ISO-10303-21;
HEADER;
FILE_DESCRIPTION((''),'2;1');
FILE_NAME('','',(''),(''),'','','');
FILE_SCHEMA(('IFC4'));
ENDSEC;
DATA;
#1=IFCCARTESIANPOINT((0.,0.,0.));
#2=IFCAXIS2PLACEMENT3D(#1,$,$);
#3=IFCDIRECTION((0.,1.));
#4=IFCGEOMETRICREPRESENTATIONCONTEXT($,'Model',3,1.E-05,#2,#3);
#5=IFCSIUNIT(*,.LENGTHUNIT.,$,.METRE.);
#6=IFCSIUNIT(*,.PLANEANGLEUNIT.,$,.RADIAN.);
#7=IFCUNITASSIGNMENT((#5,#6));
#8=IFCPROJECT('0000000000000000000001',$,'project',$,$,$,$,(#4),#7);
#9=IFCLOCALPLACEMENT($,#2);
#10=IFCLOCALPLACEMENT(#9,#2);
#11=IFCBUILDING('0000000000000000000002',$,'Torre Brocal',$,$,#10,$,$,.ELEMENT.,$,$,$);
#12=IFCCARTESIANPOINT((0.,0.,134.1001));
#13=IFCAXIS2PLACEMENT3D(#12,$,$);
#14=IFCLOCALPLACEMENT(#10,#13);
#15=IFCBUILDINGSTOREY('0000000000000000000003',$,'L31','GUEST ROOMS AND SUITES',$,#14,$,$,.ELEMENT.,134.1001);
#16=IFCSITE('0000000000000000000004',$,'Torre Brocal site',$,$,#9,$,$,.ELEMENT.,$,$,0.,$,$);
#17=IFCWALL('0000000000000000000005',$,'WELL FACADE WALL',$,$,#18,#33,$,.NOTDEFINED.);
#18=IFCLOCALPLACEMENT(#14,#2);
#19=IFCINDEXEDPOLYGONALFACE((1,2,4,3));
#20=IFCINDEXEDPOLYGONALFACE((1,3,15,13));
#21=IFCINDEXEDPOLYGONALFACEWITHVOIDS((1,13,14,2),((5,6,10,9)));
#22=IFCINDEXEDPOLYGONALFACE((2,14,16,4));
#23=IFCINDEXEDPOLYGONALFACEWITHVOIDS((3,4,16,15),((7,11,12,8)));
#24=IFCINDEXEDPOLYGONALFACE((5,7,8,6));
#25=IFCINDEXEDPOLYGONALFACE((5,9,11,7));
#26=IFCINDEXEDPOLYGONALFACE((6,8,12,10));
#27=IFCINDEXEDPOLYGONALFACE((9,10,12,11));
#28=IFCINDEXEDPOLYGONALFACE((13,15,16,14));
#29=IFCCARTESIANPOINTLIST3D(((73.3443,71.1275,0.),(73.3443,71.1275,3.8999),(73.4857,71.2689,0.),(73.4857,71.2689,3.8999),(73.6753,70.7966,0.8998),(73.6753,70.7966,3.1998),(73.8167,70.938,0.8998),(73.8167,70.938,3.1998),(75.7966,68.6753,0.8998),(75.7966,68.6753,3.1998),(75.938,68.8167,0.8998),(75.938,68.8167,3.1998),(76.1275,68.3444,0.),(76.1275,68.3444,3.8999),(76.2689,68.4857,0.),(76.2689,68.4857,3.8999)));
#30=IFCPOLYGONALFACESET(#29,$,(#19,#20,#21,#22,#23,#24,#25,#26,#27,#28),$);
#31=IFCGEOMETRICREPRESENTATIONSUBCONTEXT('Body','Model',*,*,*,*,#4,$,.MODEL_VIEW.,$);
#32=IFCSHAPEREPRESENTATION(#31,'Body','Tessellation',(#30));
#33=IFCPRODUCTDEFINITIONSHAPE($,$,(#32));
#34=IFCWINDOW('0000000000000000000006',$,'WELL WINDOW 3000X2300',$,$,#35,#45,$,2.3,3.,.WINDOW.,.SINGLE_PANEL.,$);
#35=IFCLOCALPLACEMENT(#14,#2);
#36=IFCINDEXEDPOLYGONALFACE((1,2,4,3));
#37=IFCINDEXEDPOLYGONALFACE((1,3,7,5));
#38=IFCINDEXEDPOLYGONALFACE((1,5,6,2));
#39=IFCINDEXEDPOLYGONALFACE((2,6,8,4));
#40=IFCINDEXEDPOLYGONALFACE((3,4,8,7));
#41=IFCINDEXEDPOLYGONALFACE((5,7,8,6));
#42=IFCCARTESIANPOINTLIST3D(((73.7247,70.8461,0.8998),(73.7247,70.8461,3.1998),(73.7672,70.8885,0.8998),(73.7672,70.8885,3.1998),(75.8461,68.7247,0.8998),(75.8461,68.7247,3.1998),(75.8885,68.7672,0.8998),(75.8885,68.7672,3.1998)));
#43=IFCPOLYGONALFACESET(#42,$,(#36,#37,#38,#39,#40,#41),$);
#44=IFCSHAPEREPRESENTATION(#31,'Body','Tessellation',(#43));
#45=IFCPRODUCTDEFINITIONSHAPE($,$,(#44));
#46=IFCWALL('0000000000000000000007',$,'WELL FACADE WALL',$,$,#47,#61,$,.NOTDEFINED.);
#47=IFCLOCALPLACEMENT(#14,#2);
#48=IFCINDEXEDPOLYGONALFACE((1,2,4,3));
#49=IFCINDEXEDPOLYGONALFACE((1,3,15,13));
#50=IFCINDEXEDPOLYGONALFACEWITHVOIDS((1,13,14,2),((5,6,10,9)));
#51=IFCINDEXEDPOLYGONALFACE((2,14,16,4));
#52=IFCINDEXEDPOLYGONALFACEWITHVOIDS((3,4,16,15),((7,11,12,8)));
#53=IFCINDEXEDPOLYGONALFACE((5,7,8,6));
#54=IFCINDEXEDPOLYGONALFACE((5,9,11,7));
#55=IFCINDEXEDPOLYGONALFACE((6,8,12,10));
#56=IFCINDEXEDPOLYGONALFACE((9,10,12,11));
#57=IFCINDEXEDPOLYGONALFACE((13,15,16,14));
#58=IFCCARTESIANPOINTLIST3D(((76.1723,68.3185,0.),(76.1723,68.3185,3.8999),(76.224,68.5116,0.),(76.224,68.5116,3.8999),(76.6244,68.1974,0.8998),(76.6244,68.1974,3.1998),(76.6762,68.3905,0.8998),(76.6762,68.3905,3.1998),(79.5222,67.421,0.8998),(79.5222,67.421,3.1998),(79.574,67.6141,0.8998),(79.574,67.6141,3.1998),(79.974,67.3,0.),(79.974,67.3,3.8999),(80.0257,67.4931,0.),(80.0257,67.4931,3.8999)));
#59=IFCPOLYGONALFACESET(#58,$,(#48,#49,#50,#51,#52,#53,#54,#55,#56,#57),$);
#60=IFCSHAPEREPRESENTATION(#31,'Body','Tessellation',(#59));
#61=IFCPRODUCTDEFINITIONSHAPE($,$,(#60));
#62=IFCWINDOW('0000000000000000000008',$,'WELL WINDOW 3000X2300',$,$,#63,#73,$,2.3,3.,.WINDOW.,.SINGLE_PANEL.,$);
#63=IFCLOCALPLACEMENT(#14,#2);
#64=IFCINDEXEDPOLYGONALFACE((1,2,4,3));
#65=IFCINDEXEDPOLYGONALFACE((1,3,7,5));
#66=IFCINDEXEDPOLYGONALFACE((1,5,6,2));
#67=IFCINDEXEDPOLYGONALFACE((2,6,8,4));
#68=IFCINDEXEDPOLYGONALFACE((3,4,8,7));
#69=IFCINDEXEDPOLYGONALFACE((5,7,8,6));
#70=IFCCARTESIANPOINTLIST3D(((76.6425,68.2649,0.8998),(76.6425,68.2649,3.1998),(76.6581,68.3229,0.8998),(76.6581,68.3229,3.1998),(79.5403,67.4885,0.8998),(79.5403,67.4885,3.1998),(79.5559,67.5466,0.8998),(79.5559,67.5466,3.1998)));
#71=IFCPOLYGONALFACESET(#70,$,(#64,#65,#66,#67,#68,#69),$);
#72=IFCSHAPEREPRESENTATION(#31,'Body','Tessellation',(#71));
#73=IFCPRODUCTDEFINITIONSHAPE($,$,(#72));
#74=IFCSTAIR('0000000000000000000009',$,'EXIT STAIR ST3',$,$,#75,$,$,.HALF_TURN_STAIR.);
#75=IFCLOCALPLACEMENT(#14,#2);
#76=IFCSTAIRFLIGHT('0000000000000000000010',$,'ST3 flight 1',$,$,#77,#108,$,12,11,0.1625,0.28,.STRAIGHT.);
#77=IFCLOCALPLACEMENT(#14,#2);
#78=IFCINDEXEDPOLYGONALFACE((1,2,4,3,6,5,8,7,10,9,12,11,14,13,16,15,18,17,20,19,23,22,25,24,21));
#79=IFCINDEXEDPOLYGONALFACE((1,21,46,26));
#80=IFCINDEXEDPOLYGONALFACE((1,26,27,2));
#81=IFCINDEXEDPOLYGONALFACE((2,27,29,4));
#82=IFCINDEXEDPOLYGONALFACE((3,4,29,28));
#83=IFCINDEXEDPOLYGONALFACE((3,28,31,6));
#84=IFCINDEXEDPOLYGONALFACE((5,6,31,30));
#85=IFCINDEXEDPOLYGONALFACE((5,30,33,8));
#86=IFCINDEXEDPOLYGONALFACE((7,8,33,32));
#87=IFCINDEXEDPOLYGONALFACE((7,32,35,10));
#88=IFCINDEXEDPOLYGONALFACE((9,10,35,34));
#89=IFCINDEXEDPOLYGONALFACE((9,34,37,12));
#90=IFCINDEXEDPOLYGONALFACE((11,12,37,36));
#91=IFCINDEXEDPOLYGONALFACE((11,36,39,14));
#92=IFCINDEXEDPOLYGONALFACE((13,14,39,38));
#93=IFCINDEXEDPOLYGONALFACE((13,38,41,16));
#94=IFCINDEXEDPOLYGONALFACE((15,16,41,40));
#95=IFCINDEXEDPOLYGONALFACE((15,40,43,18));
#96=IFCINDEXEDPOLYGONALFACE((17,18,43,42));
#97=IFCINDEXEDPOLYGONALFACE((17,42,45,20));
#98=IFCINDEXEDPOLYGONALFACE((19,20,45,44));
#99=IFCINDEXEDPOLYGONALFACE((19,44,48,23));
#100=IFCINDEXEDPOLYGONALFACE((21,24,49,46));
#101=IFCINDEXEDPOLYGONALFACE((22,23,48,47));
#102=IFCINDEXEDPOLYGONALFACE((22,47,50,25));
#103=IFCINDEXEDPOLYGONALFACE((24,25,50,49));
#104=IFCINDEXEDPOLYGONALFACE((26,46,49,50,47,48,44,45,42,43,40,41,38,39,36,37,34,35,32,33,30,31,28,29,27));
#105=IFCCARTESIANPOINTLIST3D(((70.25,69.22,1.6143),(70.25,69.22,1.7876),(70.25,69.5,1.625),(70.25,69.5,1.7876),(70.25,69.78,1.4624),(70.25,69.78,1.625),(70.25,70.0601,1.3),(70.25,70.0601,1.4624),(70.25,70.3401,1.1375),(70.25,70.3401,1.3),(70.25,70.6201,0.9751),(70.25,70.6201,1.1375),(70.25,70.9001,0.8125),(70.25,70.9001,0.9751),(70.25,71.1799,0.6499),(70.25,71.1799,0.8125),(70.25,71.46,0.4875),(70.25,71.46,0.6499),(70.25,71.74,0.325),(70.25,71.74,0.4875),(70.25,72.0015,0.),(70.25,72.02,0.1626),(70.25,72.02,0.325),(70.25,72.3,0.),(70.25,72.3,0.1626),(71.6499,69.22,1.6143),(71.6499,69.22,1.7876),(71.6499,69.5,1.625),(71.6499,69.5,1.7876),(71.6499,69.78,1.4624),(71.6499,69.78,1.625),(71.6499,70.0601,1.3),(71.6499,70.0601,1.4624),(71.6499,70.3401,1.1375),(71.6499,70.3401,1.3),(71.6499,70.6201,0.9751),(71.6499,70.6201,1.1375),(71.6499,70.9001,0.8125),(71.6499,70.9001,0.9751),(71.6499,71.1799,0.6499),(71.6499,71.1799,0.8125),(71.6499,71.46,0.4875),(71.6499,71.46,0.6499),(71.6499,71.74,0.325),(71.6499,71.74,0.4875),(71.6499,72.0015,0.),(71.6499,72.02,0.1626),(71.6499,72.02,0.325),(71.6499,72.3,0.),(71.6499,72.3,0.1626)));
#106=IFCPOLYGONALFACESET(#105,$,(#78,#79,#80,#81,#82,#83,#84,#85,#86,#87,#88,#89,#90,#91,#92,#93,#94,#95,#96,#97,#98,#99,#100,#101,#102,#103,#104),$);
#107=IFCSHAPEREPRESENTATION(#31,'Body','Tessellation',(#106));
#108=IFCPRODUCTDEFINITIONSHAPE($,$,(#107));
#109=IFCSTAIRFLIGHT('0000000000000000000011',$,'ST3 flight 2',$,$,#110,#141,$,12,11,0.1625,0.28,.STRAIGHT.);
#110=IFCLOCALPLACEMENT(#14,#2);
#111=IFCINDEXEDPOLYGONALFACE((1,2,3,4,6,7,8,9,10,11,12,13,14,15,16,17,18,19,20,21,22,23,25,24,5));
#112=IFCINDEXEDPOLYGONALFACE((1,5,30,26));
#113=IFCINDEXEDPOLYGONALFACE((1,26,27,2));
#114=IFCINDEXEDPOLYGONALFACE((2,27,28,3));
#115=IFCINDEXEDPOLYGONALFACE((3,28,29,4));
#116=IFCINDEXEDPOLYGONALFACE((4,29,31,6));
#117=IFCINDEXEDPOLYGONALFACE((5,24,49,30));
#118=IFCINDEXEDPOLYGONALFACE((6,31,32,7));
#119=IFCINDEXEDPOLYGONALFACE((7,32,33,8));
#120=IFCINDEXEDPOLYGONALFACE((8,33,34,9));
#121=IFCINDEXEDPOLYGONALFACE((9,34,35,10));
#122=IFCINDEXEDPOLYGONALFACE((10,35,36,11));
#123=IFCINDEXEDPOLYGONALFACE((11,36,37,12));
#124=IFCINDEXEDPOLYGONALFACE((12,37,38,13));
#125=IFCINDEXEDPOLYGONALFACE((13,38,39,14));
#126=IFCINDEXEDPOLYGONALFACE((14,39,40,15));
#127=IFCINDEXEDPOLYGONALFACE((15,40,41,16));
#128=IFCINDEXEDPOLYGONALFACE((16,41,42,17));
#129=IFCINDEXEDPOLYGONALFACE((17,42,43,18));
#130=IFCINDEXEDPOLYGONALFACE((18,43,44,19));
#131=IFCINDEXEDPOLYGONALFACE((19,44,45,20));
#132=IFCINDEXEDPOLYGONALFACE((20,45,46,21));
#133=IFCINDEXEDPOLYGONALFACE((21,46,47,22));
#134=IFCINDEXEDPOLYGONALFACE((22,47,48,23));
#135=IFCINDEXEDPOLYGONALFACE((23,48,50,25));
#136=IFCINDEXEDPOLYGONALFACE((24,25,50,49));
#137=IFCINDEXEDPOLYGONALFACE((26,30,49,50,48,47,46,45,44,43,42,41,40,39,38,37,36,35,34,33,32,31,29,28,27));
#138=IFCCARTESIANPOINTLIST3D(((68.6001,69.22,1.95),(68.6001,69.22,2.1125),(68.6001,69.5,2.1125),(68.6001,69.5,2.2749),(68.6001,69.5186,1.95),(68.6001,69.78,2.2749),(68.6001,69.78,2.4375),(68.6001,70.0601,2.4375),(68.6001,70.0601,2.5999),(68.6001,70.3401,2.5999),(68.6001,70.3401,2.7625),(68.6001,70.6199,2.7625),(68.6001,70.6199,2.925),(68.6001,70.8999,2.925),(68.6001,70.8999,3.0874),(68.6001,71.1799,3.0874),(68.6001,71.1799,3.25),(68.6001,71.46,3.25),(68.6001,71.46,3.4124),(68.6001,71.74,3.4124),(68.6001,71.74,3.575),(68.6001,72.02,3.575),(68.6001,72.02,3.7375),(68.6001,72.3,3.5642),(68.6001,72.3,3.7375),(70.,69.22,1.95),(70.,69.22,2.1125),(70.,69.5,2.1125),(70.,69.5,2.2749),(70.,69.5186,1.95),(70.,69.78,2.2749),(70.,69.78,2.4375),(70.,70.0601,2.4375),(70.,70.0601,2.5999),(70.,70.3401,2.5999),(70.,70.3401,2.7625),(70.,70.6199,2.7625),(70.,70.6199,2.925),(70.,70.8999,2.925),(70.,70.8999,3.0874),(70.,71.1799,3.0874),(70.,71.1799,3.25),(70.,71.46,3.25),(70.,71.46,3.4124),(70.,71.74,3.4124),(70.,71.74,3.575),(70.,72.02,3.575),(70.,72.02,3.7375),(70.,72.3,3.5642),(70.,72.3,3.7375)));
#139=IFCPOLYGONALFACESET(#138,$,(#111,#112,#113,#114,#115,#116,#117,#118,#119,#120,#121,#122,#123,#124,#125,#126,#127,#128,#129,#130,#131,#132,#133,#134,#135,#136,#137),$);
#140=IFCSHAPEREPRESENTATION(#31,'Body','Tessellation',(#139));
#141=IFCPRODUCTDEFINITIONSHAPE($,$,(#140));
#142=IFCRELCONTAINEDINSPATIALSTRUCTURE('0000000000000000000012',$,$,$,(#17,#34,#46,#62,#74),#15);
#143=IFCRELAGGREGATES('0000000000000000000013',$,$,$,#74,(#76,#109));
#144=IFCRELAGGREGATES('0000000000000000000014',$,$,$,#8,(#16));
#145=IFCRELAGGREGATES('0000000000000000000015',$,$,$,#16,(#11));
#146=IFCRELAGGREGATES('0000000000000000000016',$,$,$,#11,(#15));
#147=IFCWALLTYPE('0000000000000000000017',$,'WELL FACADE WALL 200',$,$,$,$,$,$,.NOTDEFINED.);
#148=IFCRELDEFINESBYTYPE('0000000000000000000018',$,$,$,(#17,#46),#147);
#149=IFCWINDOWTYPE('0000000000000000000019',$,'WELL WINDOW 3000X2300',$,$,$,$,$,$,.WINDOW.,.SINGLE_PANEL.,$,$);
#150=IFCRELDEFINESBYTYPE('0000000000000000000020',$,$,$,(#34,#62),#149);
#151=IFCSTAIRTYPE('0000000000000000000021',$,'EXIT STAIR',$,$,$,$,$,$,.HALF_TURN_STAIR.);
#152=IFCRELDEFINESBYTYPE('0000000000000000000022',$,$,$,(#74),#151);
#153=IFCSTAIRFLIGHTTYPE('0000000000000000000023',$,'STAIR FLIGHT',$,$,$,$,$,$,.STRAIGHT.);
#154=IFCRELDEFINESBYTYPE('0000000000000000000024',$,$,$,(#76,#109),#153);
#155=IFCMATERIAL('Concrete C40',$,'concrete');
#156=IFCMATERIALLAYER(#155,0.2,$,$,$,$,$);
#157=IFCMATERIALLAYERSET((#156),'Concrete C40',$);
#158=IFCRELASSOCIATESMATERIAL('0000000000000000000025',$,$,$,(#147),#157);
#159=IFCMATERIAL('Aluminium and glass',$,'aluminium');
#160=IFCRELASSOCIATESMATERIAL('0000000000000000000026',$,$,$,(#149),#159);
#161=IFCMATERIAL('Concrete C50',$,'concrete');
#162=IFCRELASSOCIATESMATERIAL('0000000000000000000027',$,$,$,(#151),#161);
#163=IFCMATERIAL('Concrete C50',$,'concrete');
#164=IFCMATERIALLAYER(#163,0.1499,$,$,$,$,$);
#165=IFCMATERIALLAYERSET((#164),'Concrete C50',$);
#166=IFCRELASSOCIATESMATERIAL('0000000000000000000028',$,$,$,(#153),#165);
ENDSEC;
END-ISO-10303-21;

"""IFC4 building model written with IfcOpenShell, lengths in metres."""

from ifc_helpers import new_model, si_unit, direction, frame, frame_2d, origin, place, context, subcontext, project, spatial, polyline, rectangle, outline, extrude, material, layer, layer_set, type_object, element, fill, aggregate, save


model = new_model("IFC4")

# Units and contexts
model_context = context("Model", 3, precision=1e-05, world=origin(), true_north=direction((0.0, 1.0)))
body_context = subcontext(model_context, "Body", "Model", "MODEL_VIEW")
ifc_project = project(units=[si_unit("LENGTHUNIT", "METRE"), si_unit("PLANEANGLEUNIT", "RADIAN")], contexts=[model_context])

# Site, building, storey
site_placement = place(None, origin())
site = spatial("IfcSite", under=ifc_project, at=site_placement, Name="Torre Brocal site", CompositionType="ELEMENT", RefElevation=0.0)
building_placement = place(site_placement, origin())
building = spatial("IfcBuilding", under=site, at=building_placement, Name="Torre Brocal", CompositionType="ELEMENT")
storey_placement = place(building_placement, frame((0.0, 0.0, 134.1001)))
storey = spatial("IfcBuildingStorey", under=building, at=storey_placement, Name="L31", Description="GUEST ROOMS AND SUITES", CompositionType="ELEMENT", Elevation=134.1001)

# Walls, openings, windows
ifc_material_1 = material(Name="Concrete C40", Category="concrete")
ifc_layer_1 = layer(ifc_material_1, 0.2)
ifc_layer_set_1 = layer_set([ifc_layer_1], Name="Concrete C40")
wall_type_1 = type_object("IfcWallType", Name="WELL FACADE WALL 200", PredefinedType="NOTDEFINED", material=ifc_layer_set_1)
wall_1_placement = place(storey_placement, frame((73.415, 71.1982, 0.0), z_axis=(0.0, 0.0, 1.0), x_axis=(0.707107, -0.707107, 0.0)))
wall_1 = element("IfcWall", 1, at=wall_1_placement, inside=storey, type_object=wall_type_1, Name="WELL FACADE WALL", PredefinedType="NOTDEFINED", context=body_context, shape_type="SweptSolid", body=[
    extrude(rectangle(XDim=3.936, YDim=0.2, at=frame_2d((1.968, 0.0))), origin(), (0.0, 0.0, 1.0), 3.8999),
])
opening_1_placement = place(wall_1_placement, frame((0.468, 0.0, 0.8999)))
opening_1 = element("IfcOpeningElement", 2, at=opening_1_placement, cuts=wall_1, PredefinedType="OPENING", context=body_context, shape_type="SweptSolid", body=[
    extrude(rectangle(XDim=3.0, YDim=2.3, at=frame_2d((1.5, 1.1499))), frame((0.0, 0.1099, 0.0), z_axis=(0.0, -1.0, 0.0), x_axis=(1.0, 0.0, 0.0)), (0.0, 0.0, 1.0), 0.22),
])
ifc_material_2 = material(Name="Aluminium and glass", Category="aluminium")
window_type = type_object("IfcWindowType", Name="WELL WINDOW 3000X2300", PartitioningType="SINGLE_PANEL", PredefinedType="WINDOW", material=ifc_material_2)
window_1_placement = place(opening_1_placement, origin())
window_1 = element("IfcWindow", 3, at=window_1_placement, inside=storey, type_object=window_type, Name="WELL WINDOW 3000X2300", OverallHeight=2.3, OverallWidth=3.0, PartitioningType="SINGLE_PANEL", PredefinedType="WINDOW", context=body_context, shape_type="SweptSolid", body=[
    extrude(rectangle(XDim=3.0, YDim=2.3, at=frame_2d((1.5, 1.1499))), frame((0.0, 0.03, 0.0), z_axis=(0.0, -1.0, 0.0), x_axis=(1.0, 0.0, 0.0)), (0.0, 0.0, 1.0), 0.0601),
])
fill(opening_1, window_1)
wall_2_placement = place(storey_placement, frame((76.1982, 68.415, 0.0), z_axis=(0.0, 0.0, 1.0), x_axis=(0.965934, -0.25879, 0.0)))
wall_2 = element("IfcWall", 4, at=wall_2_placement, inside=storey, type_object=wall_type_1, Name="WELL FACADE WALL", PredefinedType="NOTDEFINED", context=body_context, shape_type="SweptSolid", body=[
    extrude(rectangle(XDim=3.9358, YDim=0.2, at=frame_2d((1.9678, 0.0))), origin(), (0.0, 0.0, 1.0), 3.8999),
])
opening_2_placement = place(wall_2_placement, frame((0.468, 0.0, 0.8999)))
opening_2 = element("IfcOpeningElement", 5, at=opening_2_placement, cuts=wall_2, PredefinedType="OPENING", context=body_context, shape_type="SweptSolid", body=[
    extrude(rectangle(XDim=3.0, YDim=2.3, at=frame_2d((1.5, 1.1499))), frame((0.0, 0.1099, 0.0), z_axis=(0.0, -1.0, 0.0), x_axis=(1.0, 0.0, 0.0)), (0.0, 0.0, 1.0), 0.22),
])
window_2_placement = place(opening_2_placement, origin())
window_2 = element("IfcWindow", 6, at=window_2_placement, inside=storey, type_object=window_type, Name="WELL WINDOW 3000X2300", OverallHeight=2.3, OverallWidth=3.0, PartitioningType="SINGLE_PANEL", PredefinedType="WINDOW", context=body_context, shape_type="SweptSolid", body=[
    extrude(rectangle(XDim=3.0, YDim=2.3, at=frame_2d((1.5, 1.1499))), frame((0.0, 0.03, 0.0), z_axis=(0.0, -1.0, 0.0), x_axis=(1.0, 0.0, 0.0)), (0.0, 0.0, 1.0), 0.0601),
])
fill(opening_2, window_2)

# Stair, stair flights
ifc_material_3 = material(Name="Concrete C50", Category="concrete")
stair_type = type_object("IfcStairType", Name="EXIT STAIR", PredefinedType="HALF_TURN_STAIR", material=ifc_material_3)
stair_placement = place(storey_placement, origin())
stair = element("IfcStair", 7, at=stair_placement, inside=storey, type_object=stair_type, Name="EXIT STAIR ST3", PredefinedType="HALF_TURN_STAIR")
ifc_material_4 = material(Name="Concrete C50", Category="concrete")
ifc_layer_2 = layer(ifc_material_4, 0.1499)
ifc_layer_set_2 = layer_set([ifc_layer_2], Name="Concrete C50")
stair_flight_type = type_object("IfcStairFlightType", Name="STAIR FLIGHT", PredefinedType="STRAIGHT", material=ifc_layer_set_2)
stair_flight_1_placement = place(storey_placement, frame((70.95, 72.3, 0.0), z_axis=(0.0, 0.0, 1.0), x_axis=(0.0, -1.0, 0.0)))
stair_flight_1 = element("IfcStairFlight", 8, at=stair_flight_1_placement, type_object=stair_flight_type, Name="ST3 flight 1", NumberOfRisers=12, NumberOfTreads=11, PredefinedType="STRAIGHT", RiserHeight=0.1625, TreadLength=0.28, context=body_context, shape_type="SweptSolid", body=[
    extrude(outline(polyline([(0.0, 0.0), (0.0, 0.1626), (0.28, 0.1626), (0.28, 0.325), (0.5601, 0.325), (0.5601, 0.4875), (0.8401, 0.4875), (0.8401, 0.6499), (1.1201, 0.6499), (1.1201, 0.8125), (1.3999, 0.8125), (1.3999, 0.9751), (1.6799, 0.9751), (1.6799, 1.1375), (1.96, 1.1375), (1.96, 1.3), (2.24, 1.3), (2.24, 1.4624), (2.52, 1.4624), (2.52, 1.625), (2.8, 1.625), (2.8, 1.7876), (3.0801, 1.7876), (3.0801, 1.95), (3.0801, 1.6143), (0.2986, 0.0), (0.0, 0.0)])), frame((0.0, 0.7, 0.0), z_axis=(0.0, -1.0, 0.0), x_axis=(1.0, 0.0, 0.0)), (0.0, 0.0, 1.0), 1.3999),
])
stair_flight_2_placement = place(storey_placement, frame((69.3, 69.22, 1.95), z_axis=(0.0, 0.0, 1.0), x_axis=(0.0, 1.0, 0.0)))
stair_flight_2 = element("IfcStairFlight", 9, at=stair_flight_2_placement, type_object=stair_flight_type, Name="ST3 flight 2", NumberOfRisers=12, NumberOfTreads=11, PredefinedType="STRAIGHT", RiserHeight=0.1625, TreadLength=0.28, context=body_context, shape_type="SweptSolid", body=[
    extrude(outline(polyline([(0.0, 0.0), (0.0, 0.1626), (0.28, 0.1626), (0.28, 0.325), (0.5601, 0.325), (0.5601, 0.4875), (0.8401, 0.4875), (0.8401, 0.6499), (1.1201, 0.6499), (1.1201, 0.8125), (1.3999, 0.8125), (1.3999, 0.9751), (1.6799, 0.9751), (1.6799, 1.1375), (1.96, 1.1375), (1.96, 1.3), (2.24, 1.3), (2.24, 1.4624), (2.52, 1.4624), (2.52, 1.625), (2.8, 1.625), (2.8, 1.7876), (3.0801, 1.7876), (3.0801, 1.95), (3.0801, 1.6143), (0.2986, 0.0), (0.0, 0.0)])), frame((0.0, 0.7, 0.0), z_axis=(0.0, -1.0, 0.0), x_axis=(1.0, 0.0, 0.0)), (0.0, 0.0, 1.0), 1.3999),
])
aggregate(stair, [stair_flight_1, stair_flight_2])

save(model, "model.ifc")
